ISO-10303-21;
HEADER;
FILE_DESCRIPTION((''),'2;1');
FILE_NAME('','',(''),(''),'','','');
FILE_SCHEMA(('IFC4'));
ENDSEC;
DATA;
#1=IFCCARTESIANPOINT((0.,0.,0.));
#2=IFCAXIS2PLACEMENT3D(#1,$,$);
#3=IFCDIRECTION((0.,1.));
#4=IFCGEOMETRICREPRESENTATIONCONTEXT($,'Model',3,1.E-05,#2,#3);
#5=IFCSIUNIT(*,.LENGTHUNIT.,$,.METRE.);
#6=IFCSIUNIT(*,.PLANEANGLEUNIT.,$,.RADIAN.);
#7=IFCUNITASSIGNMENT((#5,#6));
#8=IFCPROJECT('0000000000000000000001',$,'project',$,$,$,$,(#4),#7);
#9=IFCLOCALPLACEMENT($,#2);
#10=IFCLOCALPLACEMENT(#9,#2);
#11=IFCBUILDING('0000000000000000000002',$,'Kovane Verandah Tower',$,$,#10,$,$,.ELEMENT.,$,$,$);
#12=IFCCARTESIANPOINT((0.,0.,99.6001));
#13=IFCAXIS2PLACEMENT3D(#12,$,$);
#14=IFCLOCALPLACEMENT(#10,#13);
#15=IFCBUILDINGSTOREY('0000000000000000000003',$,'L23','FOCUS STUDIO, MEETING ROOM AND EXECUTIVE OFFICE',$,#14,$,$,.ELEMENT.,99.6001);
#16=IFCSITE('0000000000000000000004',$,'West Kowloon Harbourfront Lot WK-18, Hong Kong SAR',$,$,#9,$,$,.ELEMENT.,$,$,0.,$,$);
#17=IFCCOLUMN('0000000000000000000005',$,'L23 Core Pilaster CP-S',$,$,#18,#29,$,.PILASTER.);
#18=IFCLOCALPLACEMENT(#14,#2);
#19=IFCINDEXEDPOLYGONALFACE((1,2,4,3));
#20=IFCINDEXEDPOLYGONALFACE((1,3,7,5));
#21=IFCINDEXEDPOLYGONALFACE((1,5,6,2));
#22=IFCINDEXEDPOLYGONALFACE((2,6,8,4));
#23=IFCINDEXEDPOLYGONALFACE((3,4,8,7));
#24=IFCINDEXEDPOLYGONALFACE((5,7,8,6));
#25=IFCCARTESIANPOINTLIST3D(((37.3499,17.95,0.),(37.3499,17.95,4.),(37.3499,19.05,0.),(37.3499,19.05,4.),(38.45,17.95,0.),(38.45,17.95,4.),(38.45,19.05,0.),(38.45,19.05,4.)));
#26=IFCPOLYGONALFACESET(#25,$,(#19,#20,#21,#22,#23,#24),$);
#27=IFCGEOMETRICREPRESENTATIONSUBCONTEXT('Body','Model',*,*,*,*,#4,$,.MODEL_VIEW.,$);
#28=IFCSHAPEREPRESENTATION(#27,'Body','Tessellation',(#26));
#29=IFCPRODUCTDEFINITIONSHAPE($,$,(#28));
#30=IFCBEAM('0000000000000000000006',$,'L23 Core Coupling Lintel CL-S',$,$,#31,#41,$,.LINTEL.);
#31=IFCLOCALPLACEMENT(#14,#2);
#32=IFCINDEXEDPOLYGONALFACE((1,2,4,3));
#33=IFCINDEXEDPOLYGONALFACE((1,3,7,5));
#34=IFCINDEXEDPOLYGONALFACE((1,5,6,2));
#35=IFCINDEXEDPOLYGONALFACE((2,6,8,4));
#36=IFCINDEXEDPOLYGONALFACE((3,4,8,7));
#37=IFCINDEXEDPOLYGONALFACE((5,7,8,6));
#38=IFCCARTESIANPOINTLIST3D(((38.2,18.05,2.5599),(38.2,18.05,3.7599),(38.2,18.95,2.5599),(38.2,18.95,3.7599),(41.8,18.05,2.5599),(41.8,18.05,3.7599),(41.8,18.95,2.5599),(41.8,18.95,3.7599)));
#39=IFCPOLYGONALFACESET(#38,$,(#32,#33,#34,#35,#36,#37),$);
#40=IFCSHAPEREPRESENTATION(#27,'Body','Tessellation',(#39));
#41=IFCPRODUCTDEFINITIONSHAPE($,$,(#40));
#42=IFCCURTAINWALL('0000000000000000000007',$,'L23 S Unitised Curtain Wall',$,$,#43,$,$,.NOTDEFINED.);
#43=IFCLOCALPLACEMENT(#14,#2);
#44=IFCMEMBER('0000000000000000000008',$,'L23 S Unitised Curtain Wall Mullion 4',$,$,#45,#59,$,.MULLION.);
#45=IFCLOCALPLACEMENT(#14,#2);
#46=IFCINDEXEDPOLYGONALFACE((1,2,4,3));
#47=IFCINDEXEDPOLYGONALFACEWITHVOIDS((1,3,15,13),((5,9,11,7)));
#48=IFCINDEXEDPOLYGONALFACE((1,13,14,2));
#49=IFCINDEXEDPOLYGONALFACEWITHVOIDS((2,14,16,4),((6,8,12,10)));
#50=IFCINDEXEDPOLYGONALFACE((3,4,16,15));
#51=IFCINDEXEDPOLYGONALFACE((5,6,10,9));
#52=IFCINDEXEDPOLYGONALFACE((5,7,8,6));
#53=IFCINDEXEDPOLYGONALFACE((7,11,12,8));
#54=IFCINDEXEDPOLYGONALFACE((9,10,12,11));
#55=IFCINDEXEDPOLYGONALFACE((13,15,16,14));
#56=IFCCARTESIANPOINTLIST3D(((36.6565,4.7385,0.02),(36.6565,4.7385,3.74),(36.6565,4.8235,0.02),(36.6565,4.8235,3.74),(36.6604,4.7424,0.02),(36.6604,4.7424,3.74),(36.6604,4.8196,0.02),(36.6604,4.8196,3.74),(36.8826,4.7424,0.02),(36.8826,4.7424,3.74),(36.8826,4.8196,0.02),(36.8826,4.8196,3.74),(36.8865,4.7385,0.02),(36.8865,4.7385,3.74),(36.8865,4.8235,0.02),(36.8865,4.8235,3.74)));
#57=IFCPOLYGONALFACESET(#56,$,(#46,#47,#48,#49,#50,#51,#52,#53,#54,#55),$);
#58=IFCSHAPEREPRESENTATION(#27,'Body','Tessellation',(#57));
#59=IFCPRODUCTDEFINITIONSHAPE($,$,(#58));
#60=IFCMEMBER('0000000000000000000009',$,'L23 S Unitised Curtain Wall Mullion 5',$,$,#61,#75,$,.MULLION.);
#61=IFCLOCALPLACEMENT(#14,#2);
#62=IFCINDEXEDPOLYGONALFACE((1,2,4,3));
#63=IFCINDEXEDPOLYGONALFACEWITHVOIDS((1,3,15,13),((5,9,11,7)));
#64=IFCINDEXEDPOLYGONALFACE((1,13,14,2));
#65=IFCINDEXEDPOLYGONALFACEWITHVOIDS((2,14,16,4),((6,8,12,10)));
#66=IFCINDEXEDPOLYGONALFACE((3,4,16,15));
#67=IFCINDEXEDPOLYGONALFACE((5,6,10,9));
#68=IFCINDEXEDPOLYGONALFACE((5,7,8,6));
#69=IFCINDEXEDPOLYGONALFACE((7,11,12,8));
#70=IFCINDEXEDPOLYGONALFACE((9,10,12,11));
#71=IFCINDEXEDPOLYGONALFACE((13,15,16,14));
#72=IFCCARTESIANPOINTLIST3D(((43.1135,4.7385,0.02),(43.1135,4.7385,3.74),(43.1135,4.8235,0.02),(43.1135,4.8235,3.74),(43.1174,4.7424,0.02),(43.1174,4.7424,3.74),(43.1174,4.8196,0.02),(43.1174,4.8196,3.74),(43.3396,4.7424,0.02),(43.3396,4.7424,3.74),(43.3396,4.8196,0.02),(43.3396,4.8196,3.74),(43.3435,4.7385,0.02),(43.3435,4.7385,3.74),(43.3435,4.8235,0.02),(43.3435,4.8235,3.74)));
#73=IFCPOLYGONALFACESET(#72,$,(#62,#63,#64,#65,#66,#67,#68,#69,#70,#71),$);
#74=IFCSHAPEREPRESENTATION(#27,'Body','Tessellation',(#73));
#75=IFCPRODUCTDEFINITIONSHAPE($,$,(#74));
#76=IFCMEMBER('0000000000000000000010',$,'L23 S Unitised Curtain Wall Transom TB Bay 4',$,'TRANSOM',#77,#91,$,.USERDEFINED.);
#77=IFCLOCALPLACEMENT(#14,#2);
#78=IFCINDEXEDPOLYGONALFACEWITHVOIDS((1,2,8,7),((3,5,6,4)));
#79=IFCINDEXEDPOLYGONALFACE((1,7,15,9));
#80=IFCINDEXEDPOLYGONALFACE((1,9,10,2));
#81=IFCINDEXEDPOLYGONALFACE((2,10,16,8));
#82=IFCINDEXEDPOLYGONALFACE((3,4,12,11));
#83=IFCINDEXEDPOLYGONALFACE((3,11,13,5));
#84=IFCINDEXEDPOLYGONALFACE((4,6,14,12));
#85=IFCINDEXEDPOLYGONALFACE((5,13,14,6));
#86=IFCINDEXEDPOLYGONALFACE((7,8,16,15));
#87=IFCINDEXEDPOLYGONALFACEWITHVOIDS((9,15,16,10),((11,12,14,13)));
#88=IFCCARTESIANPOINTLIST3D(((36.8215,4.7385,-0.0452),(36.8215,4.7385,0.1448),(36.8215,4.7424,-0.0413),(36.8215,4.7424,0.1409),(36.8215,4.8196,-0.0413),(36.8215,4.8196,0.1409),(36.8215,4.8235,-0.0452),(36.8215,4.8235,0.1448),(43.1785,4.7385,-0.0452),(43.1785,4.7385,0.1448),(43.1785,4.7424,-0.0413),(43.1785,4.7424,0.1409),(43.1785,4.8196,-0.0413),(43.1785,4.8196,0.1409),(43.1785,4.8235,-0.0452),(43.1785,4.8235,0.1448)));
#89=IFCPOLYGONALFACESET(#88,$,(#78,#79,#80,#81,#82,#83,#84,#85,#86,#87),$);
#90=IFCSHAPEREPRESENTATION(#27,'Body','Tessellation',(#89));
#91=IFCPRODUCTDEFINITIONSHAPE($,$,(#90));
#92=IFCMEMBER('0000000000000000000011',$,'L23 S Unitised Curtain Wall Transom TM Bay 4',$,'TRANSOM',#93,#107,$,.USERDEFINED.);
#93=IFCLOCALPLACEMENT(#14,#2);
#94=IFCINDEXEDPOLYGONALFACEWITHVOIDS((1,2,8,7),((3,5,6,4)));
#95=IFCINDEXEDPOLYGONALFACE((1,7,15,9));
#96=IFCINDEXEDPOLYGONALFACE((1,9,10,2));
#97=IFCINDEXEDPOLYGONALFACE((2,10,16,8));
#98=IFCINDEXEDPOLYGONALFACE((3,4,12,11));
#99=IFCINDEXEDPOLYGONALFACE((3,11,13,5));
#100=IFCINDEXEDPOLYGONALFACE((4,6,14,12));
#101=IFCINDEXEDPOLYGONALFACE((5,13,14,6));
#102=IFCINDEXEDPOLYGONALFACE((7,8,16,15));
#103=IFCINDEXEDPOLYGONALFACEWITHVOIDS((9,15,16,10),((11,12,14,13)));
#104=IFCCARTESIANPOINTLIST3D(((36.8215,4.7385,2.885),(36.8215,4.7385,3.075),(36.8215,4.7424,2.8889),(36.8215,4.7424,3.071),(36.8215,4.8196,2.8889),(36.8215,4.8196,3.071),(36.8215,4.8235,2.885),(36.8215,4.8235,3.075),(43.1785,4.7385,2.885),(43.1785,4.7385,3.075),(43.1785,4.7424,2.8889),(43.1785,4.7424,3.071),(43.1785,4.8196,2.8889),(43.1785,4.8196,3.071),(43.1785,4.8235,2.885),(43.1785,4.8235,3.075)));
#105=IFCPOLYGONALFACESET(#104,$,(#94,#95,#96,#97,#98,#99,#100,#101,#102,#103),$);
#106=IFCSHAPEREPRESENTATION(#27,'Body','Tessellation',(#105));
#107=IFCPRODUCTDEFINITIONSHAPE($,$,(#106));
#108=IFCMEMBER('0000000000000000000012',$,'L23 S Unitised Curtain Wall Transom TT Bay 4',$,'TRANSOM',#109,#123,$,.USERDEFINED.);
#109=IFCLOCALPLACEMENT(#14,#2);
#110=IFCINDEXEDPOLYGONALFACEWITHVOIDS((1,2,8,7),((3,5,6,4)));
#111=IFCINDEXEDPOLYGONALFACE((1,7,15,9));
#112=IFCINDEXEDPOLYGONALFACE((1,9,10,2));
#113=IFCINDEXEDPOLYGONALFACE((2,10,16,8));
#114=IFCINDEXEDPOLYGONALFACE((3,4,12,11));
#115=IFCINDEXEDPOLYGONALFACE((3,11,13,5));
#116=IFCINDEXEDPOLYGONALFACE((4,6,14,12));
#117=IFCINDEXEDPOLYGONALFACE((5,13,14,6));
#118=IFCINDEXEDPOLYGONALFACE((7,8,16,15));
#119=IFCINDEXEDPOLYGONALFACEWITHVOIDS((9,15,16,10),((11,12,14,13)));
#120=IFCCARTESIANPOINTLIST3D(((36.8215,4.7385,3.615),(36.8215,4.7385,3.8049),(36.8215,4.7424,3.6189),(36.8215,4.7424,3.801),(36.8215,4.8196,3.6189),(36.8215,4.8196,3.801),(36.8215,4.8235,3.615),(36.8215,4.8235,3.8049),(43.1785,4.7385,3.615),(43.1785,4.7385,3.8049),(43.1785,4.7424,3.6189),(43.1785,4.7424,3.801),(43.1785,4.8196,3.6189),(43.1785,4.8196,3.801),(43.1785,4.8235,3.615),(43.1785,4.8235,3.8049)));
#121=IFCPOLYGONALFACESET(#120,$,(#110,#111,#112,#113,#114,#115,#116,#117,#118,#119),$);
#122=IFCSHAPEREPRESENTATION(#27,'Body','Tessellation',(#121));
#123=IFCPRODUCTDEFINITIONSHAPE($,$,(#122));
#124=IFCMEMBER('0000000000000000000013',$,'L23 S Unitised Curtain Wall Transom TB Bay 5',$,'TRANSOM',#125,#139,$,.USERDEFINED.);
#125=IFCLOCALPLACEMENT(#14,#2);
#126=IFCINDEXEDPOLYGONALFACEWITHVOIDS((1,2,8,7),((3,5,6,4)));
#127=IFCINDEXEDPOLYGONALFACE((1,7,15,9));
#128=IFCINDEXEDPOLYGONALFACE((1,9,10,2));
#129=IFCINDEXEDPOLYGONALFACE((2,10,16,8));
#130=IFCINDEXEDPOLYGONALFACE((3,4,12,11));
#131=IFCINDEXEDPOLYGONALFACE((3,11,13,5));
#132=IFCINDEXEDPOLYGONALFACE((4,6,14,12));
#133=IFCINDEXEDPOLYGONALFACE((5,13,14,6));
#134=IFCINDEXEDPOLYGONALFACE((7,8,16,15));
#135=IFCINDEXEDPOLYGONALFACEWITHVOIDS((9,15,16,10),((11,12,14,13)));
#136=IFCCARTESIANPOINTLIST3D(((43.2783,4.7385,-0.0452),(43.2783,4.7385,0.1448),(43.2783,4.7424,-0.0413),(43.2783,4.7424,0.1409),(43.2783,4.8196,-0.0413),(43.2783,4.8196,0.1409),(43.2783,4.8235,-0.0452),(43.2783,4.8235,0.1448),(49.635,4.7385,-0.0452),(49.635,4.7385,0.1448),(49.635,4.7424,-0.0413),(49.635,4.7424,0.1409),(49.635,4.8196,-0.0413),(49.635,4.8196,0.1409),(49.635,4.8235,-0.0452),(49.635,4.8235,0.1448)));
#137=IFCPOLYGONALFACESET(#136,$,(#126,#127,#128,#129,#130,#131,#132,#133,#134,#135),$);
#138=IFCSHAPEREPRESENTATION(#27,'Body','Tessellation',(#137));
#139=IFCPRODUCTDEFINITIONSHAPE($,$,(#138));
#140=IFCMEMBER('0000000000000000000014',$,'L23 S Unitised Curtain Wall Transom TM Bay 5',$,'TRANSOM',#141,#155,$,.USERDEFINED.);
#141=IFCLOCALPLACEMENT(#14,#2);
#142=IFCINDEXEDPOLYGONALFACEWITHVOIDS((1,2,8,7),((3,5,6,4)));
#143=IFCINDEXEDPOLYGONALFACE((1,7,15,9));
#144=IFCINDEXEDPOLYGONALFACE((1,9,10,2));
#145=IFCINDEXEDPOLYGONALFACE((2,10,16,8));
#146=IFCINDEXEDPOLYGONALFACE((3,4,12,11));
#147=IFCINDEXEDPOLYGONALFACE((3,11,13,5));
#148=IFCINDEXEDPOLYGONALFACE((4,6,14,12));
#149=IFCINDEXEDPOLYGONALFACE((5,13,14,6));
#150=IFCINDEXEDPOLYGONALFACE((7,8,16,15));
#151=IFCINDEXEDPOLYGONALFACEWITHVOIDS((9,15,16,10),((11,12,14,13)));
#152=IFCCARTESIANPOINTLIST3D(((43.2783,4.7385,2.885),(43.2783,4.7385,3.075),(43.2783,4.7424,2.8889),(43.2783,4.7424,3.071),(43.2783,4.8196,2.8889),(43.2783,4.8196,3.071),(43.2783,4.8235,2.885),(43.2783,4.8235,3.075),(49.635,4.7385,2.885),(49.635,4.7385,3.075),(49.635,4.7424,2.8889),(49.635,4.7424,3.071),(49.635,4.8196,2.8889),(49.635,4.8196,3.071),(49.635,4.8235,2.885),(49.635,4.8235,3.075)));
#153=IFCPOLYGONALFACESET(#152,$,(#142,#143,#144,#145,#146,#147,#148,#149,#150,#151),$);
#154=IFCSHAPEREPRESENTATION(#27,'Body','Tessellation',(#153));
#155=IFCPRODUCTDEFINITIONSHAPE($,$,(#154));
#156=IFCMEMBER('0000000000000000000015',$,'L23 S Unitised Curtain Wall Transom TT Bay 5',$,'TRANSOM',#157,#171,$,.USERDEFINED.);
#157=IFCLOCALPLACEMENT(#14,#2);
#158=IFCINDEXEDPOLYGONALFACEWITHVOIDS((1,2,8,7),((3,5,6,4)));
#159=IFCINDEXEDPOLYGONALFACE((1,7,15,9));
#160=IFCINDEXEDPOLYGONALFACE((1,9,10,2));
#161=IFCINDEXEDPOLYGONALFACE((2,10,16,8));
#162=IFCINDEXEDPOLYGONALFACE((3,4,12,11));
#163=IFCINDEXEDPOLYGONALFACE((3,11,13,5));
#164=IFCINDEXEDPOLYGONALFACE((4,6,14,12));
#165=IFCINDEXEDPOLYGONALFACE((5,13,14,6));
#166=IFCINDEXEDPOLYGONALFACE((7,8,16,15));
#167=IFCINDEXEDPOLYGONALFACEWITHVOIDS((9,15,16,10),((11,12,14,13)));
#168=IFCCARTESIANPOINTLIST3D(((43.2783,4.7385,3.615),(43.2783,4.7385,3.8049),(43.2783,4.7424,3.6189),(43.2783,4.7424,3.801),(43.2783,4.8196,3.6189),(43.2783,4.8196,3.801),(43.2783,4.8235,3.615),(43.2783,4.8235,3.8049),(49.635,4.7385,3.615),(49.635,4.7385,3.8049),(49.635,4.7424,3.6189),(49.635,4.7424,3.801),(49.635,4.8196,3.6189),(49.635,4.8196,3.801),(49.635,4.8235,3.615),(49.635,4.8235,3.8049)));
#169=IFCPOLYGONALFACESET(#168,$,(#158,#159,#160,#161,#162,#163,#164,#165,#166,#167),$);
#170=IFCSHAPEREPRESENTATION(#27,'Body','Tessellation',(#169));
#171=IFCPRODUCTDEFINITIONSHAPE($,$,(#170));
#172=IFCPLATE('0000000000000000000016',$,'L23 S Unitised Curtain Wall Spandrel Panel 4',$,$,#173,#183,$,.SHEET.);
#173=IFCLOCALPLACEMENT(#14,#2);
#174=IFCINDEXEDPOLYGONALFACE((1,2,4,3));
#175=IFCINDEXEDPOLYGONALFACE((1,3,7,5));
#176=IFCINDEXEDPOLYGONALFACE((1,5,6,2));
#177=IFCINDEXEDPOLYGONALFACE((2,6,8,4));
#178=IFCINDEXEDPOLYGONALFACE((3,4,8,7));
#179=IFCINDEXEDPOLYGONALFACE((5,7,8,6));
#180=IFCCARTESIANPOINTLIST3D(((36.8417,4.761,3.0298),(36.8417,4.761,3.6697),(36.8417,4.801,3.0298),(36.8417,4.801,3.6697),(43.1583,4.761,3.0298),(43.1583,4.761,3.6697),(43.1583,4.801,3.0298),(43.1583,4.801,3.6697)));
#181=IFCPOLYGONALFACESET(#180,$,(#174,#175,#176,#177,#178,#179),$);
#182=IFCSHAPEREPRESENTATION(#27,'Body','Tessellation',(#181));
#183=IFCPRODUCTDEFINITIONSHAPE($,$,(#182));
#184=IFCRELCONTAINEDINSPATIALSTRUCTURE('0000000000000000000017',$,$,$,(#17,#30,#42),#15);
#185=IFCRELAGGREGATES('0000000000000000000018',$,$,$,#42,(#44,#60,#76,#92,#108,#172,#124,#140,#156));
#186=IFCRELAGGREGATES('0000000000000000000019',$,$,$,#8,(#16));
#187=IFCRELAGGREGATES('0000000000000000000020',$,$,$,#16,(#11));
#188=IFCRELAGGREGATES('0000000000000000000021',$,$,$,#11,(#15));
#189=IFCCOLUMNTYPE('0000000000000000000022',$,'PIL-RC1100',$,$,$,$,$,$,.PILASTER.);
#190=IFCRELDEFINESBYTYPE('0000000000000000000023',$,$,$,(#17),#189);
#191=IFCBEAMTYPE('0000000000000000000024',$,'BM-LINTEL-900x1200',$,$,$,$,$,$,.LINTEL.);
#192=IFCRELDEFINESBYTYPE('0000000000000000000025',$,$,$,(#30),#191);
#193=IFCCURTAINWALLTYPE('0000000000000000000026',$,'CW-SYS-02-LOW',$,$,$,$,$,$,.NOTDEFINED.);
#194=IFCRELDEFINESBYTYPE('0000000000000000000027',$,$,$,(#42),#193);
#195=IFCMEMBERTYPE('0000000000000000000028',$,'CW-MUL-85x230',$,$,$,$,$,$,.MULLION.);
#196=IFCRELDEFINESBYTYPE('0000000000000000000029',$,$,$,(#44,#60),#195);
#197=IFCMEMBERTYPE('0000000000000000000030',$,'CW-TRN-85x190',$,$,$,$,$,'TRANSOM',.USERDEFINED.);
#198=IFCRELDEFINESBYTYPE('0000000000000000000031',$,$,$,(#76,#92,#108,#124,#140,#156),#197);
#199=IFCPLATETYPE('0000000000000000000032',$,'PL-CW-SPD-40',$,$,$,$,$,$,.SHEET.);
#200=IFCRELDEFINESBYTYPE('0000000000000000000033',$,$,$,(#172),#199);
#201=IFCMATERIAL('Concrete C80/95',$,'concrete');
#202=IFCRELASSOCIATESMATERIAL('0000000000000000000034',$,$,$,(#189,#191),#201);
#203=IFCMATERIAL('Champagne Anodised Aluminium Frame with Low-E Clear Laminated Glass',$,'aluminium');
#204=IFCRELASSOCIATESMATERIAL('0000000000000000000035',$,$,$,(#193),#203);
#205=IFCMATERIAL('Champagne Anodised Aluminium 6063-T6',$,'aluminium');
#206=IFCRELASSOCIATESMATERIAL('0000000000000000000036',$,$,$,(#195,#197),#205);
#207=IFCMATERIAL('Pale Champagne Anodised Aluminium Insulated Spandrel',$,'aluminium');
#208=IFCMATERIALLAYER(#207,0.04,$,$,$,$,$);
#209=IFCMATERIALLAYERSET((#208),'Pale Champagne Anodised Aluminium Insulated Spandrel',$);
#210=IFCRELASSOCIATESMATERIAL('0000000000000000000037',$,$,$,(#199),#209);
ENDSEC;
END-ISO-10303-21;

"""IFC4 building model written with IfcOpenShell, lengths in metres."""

from ifc_helpers import new_model, si_unit, direction, frame, origin, origin_2d, place, context, subcontext, project, spatial, rectangle, hollow_rectangle, extrude, material, layer, layer_set, material_profile, profile_set, type_object, element, aggregate, save


model = new_model("IFC4")

# Units and contexts
model_context = context("Model", 3, precision=1e-05, world=origin(), true_north=direction((0.0, 1.0)))
body_context = subcontext(model_context, "Body", "Model", "MODEL_VIEW")
ifc_project = project(units=[si_unit("LENGTHUNIT", "METRE"), si_unit("PLANEANGLEUNIT", "RADIAN")], contexts=[model_context])

# Site, building, storey
site_placement = place(None, origin())
site = spatial("IfcSite", under=ifc_project, at=site_placement, Name="West Kowloon Harbourfront Lot WK-18, Hong Kong SAR", CompositionType="ELEMENT", RefElevation=0.0)
building_placement = place(site_placement, origin())
building = spatial("IfcBuilding", under=site, at=building_placement, Name="Kovane Verandah Tower", CompositionType="ELEMENT")
storey_placement = place(building_placement, frame((0.0, 0.0, 99.6001)))
storey = spatial("IfcBuildingStorey", under=building, at=storey_placement, Name="L23", Description="FOCUS STUDIO, MEETING ROOM AND EXECUTIVE OFFICE", CompositionType="ELEMENT", Elevation=99.6001)

# Column
ifc_material_1 = material(Name="Concrete C80/95", Category="concrete")
ifc_material_profile_1 = material_profile(ifc_material_1, rectangle(XDim=1.1001, YDim=1.1001, at=origin_2d()), Name="RC1100x1100")
ifc_profile_set_1 = profile_set([ifc_material_profile_1], Name="Concrete C80/95")
column_type = type_object("IfcColumnType", Name="PIL-RC1100", PredefinedType="PILASTER", material=ifc_profile_set_1)
column_placement = place(storey_placement, frame((37.8999, 18.5, 0.0), z_axis=(0.0, 0.0, 1.0), x_axis=(1.0, 0.0, 0.0)))
element("IfcColumn", 1, at=column_placement, inside=storey, type_object=column_type, Name="L23 Core Pilaster CP-S", PredefinedType="PILASTER", context=body_context, shape_type="SweptSolid", body=[
    extrude(rectangle(XDim=1.1001, YDim=1.1001, at=origin_2d()), origin(), (0.0, 0.0, 1.0), 4.0),
])

# Beam
ifc_material_profile_2 = material_profile(ifc_material_1, rectangle(XDim=0.8999, YDim=1.2, at=origin_2d()), Name="RCB900x1200")
ifc_profile_set_2 = profile_set([ifc_material_profile_2], Name="Concrete C80/95")
beam_type = type_object("IfcBeamType", Name="BM-LINTEL-900x1200", PredefinedType="LINTEL", material=ifc_profile_set_2)
beam_placement = place(storey_placement, frame((38.2, 18.5, 3.1599), z_axis=(1.0, 0.0, 0.0), x_axis=(0.0, 1.0, 0.0)))
element("IfcBeam", 2, at=beam_placement, inside=storey, type_object=beam_type, Name="L23 Core Coupling Lintel CL-S", PredefinedType="LINTEL", context=body_context, shape_type="SweptSolid", body=[
    extrude(rectangle(XDim=0.8999, YDim=1.2, at=origin_2d()), origin(), (0.0, 0.0, 1.0), 3.6001),
])

# Curtain wall, members, plate
ifc_material_2 = material(Name="Champagne Anodised Aluminium Frame with Low-E Clear Laminated Glass", Category="aluminium")
curtain_wall_type = type_object("IfcCurtainWallType", Name="CW-SYS-02-LOW", PredefinedType="NOTDEFINED", material=ifc_material_2)
curtain_wall_placement = place(storey_placement, origin())
curtain_wall = element("IfcCurtainWall", 3, at=curtain_wall_placement, inside=storey, type_object=curtain_wall_type, Name="L23 S Unitised Curtain Wall", PredefinedType="NOTDEFINED")
ifc_material_3 = material(Name="Champagne Anodised Aluminium 6063-T6", Category="aluminium")
ifc_material_profile_3 = material_profile(ifc_material_3, hollow_rectangle(XDim=0.085, YDim=0.23, WallThickness=0.0039, at=origin_2d()), Name="AL85x230x4")
ifc_profile_set_3 = profile_set([ifc_material_profile_3], Name="Champagne Anodised Aluminium 6063-T6")
member_type_1 = type_object("IfcMemberType", Name="CW-MUL-85x230", PredefinedType="MULLION", material=ifc_profile_set_3)
member_1_placement = place(storey_placement, frame((36.7715, 4.781, 0.02), z_axis=(0.0, 0.0, 1.0), x_axis=(0.0, -1.0, 0.0)))
member_1 = element("IfcMember", 4, at=member_1_placement, type_object=member_type_1, Name="L23 S Unitised Curtain Wall Mullion 4", PredefinedType="MULLION", context=body_context, shape_type="SweptSolid", body=[
    extrude(hollow_rectangle(XDim=0.085, YDim=0.23, WallThickness=0.0039, at=origin_2d()), origin(), (0.0, 0.0, 1.0), 3.72),
])
member_2_placement = place(storey_placement, frame((43.2285, 4.781, 0.02), z_axis=(0.0, 0.0, 1.0), x_axis=(0.0, -1.0, 0.0)))
member_2 = element("IfcMember", 5, at=member_2_placement, type_object=member_type_1, Name="L23 S Unitised Curtain Wall Mullion 5", PredefinedType="MULLION", context=body_context, shape_type="SweptSolid", body=[
    extrude(hollow_rectangle(XDim=0.085, YDim=0.23, WallThickness=0.0039, at=origin_2d()), origin(), (0.0, 0.0, 1.0), 3.72),
])
ifc_material_profile_4 = material_profile(ifc_material_3, hollow_rectangle(XDim=0.085, YDim=0.1899, WallThickness=0.0039, at=origin_2d()), Name="AL85x190x4")
ifc_profile_set_4 = profile_set([ifc_material_profile_4], Name="Champagne Anodised Aluminium 6063-T6")
member_type_2 = type_object("IfcMemberType", Name="CW-TRN-85x190", ElementType="TRANSOM", PredefinedType="USERDEFINED", material=ifc_profile_set_4)
member_3_placement = place(storey_placement, frame((36.8215, 4.781, 0.0498), z_axis=(1.0, 0.0, 0.0), x_axis=(0.0, 1.0, 0.0)))
member_3 = element("IfcMember", 6, at=member_3_placement, type_object=member_type_2, Name="L23 S Unitised Curtain Wall Transom TB Bay 4", ObjectType="TRANSOM", PredefinedType="USERDEFINED", context=body_context, shape_type="SweptSolid", body=[
    extrude(hollow_rectangle(XDim=0.085, YDim=0.1899, WallThickness=0.0039, at=origin_2d()), origin(), (0.0, 0.0, 1.0), 6.3569),
])
member_4_placement = place(storey_placement, frame((36.8215, 4.781, 2.98), z_axis=(1.0, 0.0, 0.0), x_axis=(0.0, 1.0, 0.0)))
member_4 = element("IfcMember", 7, at=member_4_placement, type_object=member_type_2, Name="L23 S Unitised Curtain Wall Transom TM Bay 4", ObjectType="TRANSOM", PredefinedType="USERDEFINED", context=body_context, shape_type="SweptSolid", body=[
    extrude(hollow_rectangle(XDim=0.085, YDim=0.1899, WallThickness=0.0039, at=origin_2d()), origin(), (0.0, 0.0, 1.0), 6.3569),
])
member_5_placement = place(storey_placement, frame((36.8215, 4.781, 3.71), z_axis=(1.0, 0.0, 0.0), x_axis=(0.0, 1.0, 0.0)))
member_5 = element("IfcMember", 8, at=member_5_placement, type_object=member_type_2, Name="L23 S Unitised Curtain Wall Transom TT Bay 4", ObjectType="TRANSOM", PredefinedType="USERDEFINED", context=body_context, shape_type="SweptSolid", body=[
    extrude(hollow_rectangle(XDim=0.085, YDim=0.1899, WallThickness=0.0039, at=origin_2d()), origin(), (0.0, 0.0, 1.0), 6.3569),
])
member_6_placement = place(storey_placement, frame((43.2783, 4.781, 0.0498), z_axis=(1.0, 0.0, 0.0), x_axis=(0.0, 1.0, 0.0)))
member_6 = element("IfcMember", 9, at=member_6_placement, type_object=member_type_2, Name="L23 S Unitised Curtain Wall Transom TB Bay 5", ObjectType="TRANSOM", PredefinedType="USERDEFINED", context=body_context, shape_type="SweptSolid", body=[
    extrude(hollow_rectangle(XDim=0.085, YDim=0.1899, WallThickness=0.0039, at=origin_2d()), origin(), (0.0, 0.0, 1.0), 6.3567),
])
member_7_placement = place(storey_placement, frame((43.2783, 4.781, 2.98), z_axis=(1.0, 0.0, 0.0), x_axis=(0.0, 1.0, 0.0)))
member_7 = element("IfcMember", 10, at=member_7_placement, type_object=member_type_2, Name="L23 S Unitised Curtain Wall Transom TM Bay 5", ObjectType="TRANSOM", PredefinedType="USERDEFINED", context=body_context, shape_type="SweptSolid", body=[
    extrude(hollow_rectangle(XDim=0.085, YDim=0.1899, WallThickness=0.0039, at=origin_2d()), origin(), (0.0, 0.0, 1.0), 6.3567),
])
member_8_placement = place(storey_placement, frame((43.2783, 4.781, 3.71), z_axis=(1.0, 0.0, 0.0), x_axis=(0.0, 1.0, 0.0)))
member_8 = element("IfcMember", 11, at=member_8_placement, type_object=member_type_2, Name="L23 S Unitised Curtain Wall Transom TT Bay 5", ObjectType="TRANSOM", PredefinedType="USERDEFINED", context=body_context, shape_type="SweptSolid", body=[
    extrude(hollow_rectangle(XDim=0.085, YDim=0.1899, WallThickness=0.0039, at=origin_2d()), origin(), (0.0, 0.0, 1.0), 6.3567),
])
ifc_material_4 = material(Name="Pale Champagne Anodised Aluminium Insulated Spandrel", Category="aluminium")
ifc_layer_1 = layer(ifc_material_4, 0.04)
ifc_layer_set_1 = layer_set([ifc_layer_1], Name="Pale Champagne Anodised Aluminium Insulated Spandrel")
plate_type_1 = type_object("IfcPlateType", Name="PL-CW-SPD-40", PredefinedType="SHEET", material=ifc_layer_set_1)
plate_1_placement = place(storey_placement, frame((40.0, 4.781, 3.0298), z_axis=(0.0, 0.0, 1.0), x_axis=(1.0, 0.0, 0.0)))
plate_1 = element("IfcPlate", 12, at=plate_1_placement, type_object=plate_type_1, Name="L23 S Unitised Curtain Wall Spandrel Panel 4", PredefinedType="SHEET", context=body_context, shape_type="SweptSolid", body=[
    extrude(rectangle(XDim=6.3167, YDim=0.04, at=origin_2d()), origin(), (0.0, 0.0, 1.0), 0.6399),
])
aggregate(curtain_wall, [member_1, member_2, member_3, member_4, member_5, plate_1, member_6, member_7, member_8])

save(model, "model.ifc")
